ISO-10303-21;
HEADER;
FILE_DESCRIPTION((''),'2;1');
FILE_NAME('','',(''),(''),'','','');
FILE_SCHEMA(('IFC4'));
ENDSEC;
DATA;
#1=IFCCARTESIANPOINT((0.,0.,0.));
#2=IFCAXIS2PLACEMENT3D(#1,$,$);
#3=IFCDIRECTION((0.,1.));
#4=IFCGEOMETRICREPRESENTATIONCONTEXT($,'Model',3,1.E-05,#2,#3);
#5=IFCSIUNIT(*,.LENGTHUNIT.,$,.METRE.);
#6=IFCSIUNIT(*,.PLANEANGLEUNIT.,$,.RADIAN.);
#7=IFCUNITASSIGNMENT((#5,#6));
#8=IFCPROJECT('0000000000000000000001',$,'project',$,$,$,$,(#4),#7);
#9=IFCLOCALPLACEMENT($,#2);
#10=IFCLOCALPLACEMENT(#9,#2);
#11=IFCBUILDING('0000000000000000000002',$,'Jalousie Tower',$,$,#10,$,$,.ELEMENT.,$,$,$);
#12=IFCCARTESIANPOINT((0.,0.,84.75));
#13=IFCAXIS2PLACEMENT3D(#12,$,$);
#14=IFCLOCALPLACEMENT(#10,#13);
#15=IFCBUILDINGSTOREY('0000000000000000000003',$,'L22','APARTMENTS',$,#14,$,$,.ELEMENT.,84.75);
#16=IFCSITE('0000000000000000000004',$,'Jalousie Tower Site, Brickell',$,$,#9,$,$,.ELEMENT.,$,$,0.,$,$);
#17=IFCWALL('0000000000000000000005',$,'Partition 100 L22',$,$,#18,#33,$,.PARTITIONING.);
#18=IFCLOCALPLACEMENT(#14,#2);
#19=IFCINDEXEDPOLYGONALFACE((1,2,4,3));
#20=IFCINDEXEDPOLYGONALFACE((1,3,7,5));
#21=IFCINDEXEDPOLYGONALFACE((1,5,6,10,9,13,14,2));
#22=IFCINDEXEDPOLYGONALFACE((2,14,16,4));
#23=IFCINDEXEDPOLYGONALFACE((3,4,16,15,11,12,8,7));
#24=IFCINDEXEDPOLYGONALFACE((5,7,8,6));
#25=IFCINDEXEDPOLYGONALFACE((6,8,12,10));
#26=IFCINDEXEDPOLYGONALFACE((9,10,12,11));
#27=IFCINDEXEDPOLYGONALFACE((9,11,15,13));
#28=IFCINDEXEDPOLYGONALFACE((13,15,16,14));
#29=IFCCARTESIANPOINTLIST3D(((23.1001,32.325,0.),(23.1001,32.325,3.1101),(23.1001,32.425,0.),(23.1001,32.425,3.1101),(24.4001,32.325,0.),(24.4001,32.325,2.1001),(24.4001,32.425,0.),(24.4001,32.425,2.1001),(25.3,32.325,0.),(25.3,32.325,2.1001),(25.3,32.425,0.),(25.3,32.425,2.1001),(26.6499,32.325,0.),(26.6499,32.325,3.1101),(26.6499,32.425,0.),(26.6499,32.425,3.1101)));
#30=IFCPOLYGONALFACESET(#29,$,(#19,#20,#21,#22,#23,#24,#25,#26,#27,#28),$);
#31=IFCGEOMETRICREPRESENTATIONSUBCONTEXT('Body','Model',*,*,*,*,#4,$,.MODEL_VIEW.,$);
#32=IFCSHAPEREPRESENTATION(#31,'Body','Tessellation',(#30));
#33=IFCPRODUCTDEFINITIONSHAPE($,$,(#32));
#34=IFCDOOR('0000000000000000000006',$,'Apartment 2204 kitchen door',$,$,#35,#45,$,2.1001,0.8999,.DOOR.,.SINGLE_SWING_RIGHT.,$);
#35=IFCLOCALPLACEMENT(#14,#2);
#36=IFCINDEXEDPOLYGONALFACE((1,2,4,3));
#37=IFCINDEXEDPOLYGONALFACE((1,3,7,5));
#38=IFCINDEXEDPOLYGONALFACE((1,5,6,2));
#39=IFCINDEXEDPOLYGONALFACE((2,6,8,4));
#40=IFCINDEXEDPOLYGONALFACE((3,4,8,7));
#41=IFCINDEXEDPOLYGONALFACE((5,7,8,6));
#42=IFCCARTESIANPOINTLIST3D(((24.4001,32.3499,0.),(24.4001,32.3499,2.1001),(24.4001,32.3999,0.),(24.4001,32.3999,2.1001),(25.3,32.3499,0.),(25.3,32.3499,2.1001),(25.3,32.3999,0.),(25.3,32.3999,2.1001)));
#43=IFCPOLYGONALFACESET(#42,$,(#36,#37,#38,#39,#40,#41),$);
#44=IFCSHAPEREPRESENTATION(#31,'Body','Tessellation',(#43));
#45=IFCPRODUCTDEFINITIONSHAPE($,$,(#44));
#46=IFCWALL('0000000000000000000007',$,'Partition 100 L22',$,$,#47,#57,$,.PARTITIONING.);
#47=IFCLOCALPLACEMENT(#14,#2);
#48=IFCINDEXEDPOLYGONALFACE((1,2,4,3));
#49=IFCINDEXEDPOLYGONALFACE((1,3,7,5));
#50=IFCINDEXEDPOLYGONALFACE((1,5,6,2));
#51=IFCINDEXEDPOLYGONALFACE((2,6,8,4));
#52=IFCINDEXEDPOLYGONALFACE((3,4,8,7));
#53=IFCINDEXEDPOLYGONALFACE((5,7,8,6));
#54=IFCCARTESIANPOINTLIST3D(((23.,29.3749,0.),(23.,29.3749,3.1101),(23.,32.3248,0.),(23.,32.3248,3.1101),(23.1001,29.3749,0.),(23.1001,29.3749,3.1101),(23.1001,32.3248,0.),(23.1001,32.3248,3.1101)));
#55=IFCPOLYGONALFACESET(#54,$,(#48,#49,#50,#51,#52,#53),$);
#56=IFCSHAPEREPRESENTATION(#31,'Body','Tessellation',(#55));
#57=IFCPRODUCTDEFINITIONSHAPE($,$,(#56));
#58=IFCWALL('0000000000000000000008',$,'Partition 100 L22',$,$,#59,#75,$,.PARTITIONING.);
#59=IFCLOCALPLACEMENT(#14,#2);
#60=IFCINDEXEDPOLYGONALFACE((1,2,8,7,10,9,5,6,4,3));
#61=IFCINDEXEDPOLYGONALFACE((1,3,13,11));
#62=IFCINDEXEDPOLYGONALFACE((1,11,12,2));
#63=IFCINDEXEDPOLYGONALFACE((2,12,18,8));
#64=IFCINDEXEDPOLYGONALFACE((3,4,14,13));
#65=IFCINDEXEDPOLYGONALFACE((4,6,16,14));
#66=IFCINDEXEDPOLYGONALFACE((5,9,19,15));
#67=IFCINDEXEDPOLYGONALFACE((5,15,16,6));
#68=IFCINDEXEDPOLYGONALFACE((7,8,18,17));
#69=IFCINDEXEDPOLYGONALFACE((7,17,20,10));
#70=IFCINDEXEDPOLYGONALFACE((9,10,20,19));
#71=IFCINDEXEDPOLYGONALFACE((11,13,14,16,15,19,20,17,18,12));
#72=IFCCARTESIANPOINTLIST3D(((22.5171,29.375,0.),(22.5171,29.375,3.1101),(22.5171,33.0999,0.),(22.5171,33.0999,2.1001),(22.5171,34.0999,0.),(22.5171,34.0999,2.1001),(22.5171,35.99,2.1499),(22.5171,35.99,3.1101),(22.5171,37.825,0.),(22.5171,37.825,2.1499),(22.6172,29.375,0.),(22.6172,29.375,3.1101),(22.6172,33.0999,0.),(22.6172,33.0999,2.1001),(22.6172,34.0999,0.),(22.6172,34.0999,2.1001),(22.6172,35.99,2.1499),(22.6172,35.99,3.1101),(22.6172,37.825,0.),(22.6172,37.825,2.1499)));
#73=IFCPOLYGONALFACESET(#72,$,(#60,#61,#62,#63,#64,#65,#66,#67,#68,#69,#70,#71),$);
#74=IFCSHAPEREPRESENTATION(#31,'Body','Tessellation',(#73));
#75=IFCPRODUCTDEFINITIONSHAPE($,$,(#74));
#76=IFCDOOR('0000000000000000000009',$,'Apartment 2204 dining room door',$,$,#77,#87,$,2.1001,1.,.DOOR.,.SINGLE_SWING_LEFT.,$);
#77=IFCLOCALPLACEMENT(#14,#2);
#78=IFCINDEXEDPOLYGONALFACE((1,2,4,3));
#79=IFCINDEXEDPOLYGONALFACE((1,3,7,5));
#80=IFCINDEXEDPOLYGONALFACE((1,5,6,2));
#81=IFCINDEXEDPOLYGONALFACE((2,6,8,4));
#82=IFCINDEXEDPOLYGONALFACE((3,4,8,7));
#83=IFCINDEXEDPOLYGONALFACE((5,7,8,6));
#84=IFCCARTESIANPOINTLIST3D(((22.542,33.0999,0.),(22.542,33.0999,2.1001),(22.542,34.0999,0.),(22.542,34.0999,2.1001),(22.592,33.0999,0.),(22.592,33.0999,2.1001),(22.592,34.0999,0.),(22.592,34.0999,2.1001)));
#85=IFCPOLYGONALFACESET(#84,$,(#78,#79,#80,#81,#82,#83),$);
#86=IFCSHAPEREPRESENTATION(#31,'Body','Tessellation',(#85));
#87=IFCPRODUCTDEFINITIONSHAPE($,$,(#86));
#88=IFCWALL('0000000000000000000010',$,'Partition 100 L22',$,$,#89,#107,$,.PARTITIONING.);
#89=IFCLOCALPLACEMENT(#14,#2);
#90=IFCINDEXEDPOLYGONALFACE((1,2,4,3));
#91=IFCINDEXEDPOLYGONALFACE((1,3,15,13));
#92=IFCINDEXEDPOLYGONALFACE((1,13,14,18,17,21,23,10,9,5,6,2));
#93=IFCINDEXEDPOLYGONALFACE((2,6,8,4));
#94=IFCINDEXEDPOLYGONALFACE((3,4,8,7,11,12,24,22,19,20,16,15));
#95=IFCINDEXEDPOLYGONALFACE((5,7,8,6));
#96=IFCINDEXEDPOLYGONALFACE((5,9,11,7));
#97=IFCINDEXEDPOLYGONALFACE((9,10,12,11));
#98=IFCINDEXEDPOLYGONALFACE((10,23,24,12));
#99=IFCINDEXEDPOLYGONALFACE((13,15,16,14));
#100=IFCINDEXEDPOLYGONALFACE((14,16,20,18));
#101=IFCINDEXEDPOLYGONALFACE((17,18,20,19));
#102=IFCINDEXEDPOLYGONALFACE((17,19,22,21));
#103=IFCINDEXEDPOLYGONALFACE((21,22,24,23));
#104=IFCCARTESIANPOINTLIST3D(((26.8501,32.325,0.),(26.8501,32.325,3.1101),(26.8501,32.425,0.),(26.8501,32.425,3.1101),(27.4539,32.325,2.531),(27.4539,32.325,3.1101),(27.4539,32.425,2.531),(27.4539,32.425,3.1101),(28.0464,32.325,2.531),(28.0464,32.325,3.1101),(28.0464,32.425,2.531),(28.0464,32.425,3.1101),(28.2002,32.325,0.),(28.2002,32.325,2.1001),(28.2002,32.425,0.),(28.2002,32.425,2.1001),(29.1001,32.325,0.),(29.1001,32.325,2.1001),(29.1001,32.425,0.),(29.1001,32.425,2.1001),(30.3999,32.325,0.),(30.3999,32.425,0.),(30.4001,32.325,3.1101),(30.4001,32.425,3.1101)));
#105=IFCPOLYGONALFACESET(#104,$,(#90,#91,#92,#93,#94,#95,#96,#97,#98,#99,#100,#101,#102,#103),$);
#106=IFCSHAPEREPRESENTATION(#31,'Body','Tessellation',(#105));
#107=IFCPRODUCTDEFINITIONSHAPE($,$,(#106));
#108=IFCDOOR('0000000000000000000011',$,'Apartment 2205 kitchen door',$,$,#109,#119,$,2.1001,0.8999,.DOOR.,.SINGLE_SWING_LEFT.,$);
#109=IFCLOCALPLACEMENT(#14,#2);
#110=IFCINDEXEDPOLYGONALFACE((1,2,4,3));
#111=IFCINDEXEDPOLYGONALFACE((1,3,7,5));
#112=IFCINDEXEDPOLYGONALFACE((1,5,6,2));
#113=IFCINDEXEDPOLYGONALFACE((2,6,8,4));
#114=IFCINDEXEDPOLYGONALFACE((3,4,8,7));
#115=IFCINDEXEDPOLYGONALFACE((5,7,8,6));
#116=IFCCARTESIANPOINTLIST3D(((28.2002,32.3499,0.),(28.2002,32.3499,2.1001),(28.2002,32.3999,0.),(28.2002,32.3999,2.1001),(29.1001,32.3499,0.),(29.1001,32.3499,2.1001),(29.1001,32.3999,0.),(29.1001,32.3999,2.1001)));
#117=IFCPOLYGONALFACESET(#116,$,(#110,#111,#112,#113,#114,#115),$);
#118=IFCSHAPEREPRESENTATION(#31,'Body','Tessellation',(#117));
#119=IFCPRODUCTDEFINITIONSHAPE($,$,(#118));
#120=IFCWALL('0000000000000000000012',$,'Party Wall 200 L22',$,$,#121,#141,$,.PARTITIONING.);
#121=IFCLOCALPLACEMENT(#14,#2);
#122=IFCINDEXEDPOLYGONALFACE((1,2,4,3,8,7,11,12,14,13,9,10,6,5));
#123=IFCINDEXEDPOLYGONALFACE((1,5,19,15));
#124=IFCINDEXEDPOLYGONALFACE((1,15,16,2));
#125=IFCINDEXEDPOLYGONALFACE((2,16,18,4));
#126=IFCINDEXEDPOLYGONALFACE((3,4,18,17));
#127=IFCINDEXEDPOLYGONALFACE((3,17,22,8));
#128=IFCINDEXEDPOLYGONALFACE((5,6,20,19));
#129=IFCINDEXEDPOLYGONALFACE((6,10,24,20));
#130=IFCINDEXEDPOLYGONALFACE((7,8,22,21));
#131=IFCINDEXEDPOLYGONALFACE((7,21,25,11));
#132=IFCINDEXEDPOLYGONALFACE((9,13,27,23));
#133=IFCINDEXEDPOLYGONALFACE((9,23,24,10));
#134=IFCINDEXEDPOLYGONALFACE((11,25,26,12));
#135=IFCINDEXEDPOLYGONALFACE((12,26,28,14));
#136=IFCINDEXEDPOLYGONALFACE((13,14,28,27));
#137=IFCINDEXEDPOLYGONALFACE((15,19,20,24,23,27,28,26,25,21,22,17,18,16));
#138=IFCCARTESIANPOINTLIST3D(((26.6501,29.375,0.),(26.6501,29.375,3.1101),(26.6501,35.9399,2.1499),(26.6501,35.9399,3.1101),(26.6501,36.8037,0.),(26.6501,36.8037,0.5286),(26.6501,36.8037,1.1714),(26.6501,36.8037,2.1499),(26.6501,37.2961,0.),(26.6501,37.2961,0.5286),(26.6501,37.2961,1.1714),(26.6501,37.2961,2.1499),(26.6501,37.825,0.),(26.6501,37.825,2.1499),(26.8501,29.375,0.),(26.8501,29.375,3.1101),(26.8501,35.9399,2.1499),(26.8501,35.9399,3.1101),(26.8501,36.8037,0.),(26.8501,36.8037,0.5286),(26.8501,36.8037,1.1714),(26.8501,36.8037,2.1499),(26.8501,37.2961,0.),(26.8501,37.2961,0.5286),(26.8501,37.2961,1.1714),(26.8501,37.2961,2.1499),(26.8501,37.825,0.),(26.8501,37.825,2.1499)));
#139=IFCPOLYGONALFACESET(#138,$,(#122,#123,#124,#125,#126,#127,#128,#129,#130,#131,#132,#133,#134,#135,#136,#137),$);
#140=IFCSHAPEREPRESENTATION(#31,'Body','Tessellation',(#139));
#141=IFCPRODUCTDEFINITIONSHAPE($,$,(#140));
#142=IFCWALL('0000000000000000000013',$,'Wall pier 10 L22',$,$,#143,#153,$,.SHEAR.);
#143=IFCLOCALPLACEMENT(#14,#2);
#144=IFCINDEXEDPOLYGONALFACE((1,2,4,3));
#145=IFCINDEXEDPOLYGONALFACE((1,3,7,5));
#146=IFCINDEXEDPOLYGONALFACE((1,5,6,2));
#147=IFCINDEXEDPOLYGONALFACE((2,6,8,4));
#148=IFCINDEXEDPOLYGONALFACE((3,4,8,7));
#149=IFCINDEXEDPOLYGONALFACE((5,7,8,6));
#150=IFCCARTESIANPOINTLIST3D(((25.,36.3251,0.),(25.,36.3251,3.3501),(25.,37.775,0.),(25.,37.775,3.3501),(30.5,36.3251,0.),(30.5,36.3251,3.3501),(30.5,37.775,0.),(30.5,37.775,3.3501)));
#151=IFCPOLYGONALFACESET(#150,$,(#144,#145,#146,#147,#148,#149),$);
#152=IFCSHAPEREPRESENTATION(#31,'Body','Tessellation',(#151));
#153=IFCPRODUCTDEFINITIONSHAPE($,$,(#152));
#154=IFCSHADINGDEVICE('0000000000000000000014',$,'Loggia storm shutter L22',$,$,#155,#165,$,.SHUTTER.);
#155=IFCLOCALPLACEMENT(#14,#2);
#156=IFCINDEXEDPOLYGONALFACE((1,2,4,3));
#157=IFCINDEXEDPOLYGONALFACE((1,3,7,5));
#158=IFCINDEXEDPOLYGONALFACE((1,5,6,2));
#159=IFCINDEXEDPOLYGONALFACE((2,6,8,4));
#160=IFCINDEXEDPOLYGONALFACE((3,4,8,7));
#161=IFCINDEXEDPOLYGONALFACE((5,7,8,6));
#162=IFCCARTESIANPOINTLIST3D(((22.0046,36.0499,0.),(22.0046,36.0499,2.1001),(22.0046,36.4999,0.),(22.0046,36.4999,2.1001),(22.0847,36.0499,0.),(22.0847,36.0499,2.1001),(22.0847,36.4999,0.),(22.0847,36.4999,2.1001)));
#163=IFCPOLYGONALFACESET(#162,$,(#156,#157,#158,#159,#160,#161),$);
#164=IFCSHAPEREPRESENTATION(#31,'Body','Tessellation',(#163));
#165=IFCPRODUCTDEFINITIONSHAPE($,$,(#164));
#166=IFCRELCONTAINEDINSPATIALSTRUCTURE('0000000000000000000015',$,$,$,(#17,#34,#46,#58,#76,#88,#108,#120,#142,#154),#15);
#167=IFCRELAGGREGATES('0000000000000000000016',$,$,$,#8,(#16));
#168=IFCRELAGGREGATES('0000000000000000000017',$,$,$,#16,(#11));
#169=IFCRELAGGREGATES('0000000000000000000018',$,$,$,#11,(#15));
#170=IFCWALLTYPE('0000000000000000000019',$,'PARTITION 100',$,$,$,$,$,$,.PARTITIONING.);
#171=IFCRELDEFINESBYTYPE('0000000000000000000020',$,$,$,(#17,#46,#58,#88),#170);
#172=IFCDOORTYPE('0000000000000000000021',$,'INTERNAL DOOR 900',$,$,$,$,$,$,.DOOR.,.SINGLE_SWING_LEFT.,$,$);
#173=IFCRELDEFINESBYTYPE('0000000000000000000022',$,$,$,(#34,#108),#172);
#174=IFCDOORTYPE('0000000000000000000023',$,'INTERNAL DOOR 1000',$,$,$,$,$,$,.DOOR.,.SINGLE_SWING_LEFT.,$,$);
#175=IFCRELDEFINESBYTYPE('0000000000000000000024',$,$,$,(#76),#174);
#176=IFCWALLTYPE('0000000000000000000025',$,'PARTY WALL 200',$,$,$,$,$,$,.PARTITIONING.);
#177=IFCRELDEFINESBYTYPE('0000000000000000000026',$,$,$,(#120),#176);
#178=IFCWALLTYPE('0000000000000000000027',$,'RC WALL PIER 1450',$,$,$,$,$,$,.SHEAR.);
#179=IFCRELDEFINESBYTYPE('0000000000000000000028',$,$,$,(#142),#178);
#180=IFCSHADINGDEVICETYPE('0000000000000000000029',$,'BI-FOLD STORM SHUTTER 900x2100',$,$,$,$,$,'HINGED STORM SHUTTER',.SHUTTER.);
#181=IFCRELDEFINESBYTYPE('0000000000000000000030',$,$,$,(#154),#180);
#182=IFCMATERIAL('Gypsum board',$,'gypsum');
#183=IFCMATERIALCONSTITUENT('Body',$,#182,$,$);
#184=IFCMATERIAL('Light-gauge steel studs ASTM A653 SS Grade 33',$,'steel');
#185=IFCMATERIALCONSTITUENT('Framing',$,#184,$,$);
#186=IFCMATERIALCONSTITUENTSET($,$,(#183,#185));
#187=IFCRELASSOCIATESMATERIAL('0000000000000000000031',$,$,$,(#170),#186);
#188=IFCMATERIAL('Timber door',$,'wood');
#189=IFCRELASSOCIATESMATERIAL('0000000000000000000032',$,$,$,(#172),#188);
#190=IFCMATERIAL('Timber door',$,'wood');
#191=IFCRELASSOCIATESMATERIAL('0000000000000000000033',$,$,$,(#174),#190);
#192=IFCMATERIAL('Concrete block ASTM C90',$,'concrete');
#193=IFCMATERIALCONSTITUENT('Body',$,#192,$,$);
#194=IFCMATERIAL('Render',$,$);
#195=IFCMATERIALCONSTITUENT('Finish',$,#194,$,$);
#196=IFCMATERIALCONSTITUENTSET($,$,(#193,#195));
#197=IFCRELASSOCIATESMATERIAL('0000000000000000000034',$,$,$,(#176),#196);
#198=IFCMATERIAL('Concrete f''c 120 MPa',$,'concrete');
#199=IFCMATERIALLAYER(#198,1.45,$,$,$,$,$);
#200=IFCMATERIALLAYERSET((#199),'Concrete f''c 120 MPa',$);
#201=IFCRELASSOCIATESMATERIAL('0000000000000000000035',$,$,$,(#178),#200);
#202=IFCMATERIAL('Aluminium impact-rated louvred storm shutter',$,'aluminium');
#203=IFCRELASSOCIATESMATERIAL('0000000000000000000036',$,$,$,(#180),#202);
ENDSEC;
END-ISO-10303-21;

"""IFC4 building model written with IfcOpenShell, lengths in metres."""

from ifc_helpers import new_model, si_unit, direction, frame, frame_2d, origin, origin_2d, place, context, subcontext, project, spatial, polyline, rectangle, outline, extrude, material, layer, layer_set, constituent, constituent_set, type_object, element, fill, save


model = new_model("IFC4")

# Units and contexts
model_context = context("Model", 3, precision=1e-05, world=origin(), true_north=direction((0.0, 1.0)))
body_context = subcontext(model_context, "Body", "Model", "MODEL_VIEW")
ifc_project = project(units=[si_unit("LENGTHUNIT", "METRE"), si_unit("PLANEANGLEUNIT", "RADIAN")], contexts=[model_context])

# Site, building, storey
site_placement = place(None, origin())
site = spatial("IfcSite", under=ifc_project, at=site_placement, Name="Jalousie Tower Site, Brickell", CompositionType="ELEMENT", RefElevation=0.0)
building_placement = place(site_placement, origin())
building = spatial("IfcBuilding", under=site, at=building_placement, Name="Jalousie Tower", CompositionType="ELEMENT")
storey_placement = place(building_placement, frame((0.0, 0.0, 84.75)))
storey = spatial("IfcBuildingStorey", under=building, at=storey_placement, Name="L22", Description="APARTMENTS", CompositionType="ELEMENT", Elevation=84.75)

# Wall, opening, door
ifc_material_1 = material(Name="Gypsum board", Category="gypsum")
ifc_constituent_1 = constituent(ifc_material_1, Name="Body")
ifc_material_2 = material(Name="Light-gauge steel studs ASTM A653 SS Grade 33", Category="steel")
ifc_constituent_2 = constituent(ifc_material_2, Name="Framing")
ifc_constituent_set_1 = constituent_set(constituents=[ifc_constituent_1, ifc_constituent_2])
wall_type_1 = type_object("IfcWallType", Name="PARTITION 100", PredefinedType="PARTITIONING", material=ifc_constituent_set_1)
wall_1_placement = place(storey_placement, frame((23.1001, 32.375, 0.0), z_axis=(0.0, 0.0, 1.0), x_axis=(1.0, 0.0, 0.0)))
wall_1 = element("IfcWall", 1, at=wall_1_placement, inside=storey, type_object=wall_type_1, Name="Partition 100 L22", PredefinedType="PARTITIONING", context=body_context, shape_type="SweptSolid", body=[
    extrude(rectangle(XDim=3.5498, YDim=0.1001, at=frame_2d((1.7749, 0.0))), origin(), (0.0, 0.0, 1.0), 3.1101),
])
opening_1_placement = place(wall_1_placement, frame((1.3, 0.0, 0.0)))
opening_1 = element("IfcOpeningElement", 2, at=opening_1_placement, cuts=wall_1, PredefinedType="OPENING", context=body_context, shape_type="SweptSolid", body=[
    extrude(rectangle(XDim=0.8999, YDim=2.1001, at=frame_2d((0.45, 1.05))), frame((0.0, 0.0601, 0.0), z_axis=(0.0, -1.0, 0.0), x_axis=(1.0, 0.0, 0.0)), (0.0, 0.0, 1.0), 0.1201),
])
ifc_material_3 = material(Name="Timber door", Category="wood")
door_type_1 = type_object("IfcDoorType", Name="INTERNAL DOOR 900", OperationType="SINGLE_SWING_LEFT", PredefinedType="DOOR", material=ifc_material_3)
door_1_placement = place(opening_1_placement, origin())
door_1 = element("IfcDoor", 3, at=door_1_placement, inside=storey, type_object=door_type_1, Name="Apartment 2204 kitchen door", OperationType="SINGLE_SWING_RIGHT", OverallHeight=2.1001, OverallWidth=0.8999, PredefinedType="DOOR", context=body_context, shape_type="SweptSolid", body=[
    extrude(rectangle(XDim=0.8999, YDim=2.1001, at=frame_2d((0.45, 1.05))), frame((0.0, 0.0249, 0.0), z_axis=(0.0, -1.0, 0.0), x_axis=(1.0, 0.0, 0.0)), (0.0, 0.0, 1.0), 0.05),
])
fill(opening_1, door_1)

# Wall
wall_2_placement = place(storey_placement, frame((23.05, 32.325, 0.0), z_axis=(0.0, 0.0, 1.0), x_axis=(0.0, -1.0, 0.0)))
element("IfcWall", 4, at=wall_2_placement, inside=storey, type_object=wall_type_1, Name="Partition 100 L22", PredefinedType="PARTITIONING", context=body_context, shape_type="SweptSolid", body=[
    extrude(rectangle(XDim=2.95, YDim=0.1001, at=frame_2d((1.4751, 0.0))), origin(), (0.0, 0.0, 1.0), 3.1101),
])

# Walls, openings, doors
wall_3_placement = place(storey_placement, frame((22.5671, 37.825, 0.0), z_axis=(0.0, 0.0, 1.0), x_axis=(0.0, -1.0, 0.0)))
wall_3 = element("IfcWall", 5, at=wall_3_placement, inside=storey, type_object=wall_type_1, Name="Partition 100 L22", PredefinedType="PARTITIONING", context=body_context, shape_type="SweptSolid", body=[
    extrude(outline(polyline([(0.0, 0.0), (8.45, 0.0), (8.45, 3.1101), (1.835, 3.1101), (1.835, 2.1499), (0.0, 2.1499), (0.0, 3.1101), (0.0, 0.0)])), frame((0.0, 0.05, 0.0), z_axis=(0.0, -1.0, 0.0), x_axis=(1.0, 0.0, 0.0)), (0.0, 0.0, 1.0), 0.1001),
])
opening_2_placement = place(wall_3_placement, frame((3.7251, 0.0, 0.0)))
opening_2 = element("IfcOpeningElement", 6, at=opening_2_placement, cuts=wall_3, PredefinedType="OPENING", context=body_context, shape_type="SweptSolid", body=[
    extrude(rectangle(XDim=1.0, YDim=2.1001, at=frame_2d((0.5, 1.05))), frame((0.0, 0.0601, 0.0), z_axis=(0.0, -1.0, 0.0), x_axis=(1.0, 0.0, 0.0)), (0.0, 0.0, 1.0), 0.1201),
])
ifc_material_4 = material(Name="Timber door", Category="wood")
door_type_2 = type_object("IfcDoorType", Name="INTERNAL DOOR 1000", OperationType="SINGLE_SWING_LEFT", PredefinedType="DOOR", material=ifc_material_4)
door_2_placement = place(opening_2_placement, origin())
door_2 = element("IfcDoor", 7, at=door_2_placement, inside=storey, type_object=door_type_2, Name="Apartment 2204 dining room door", OperationType="SINGLE_SWING_LEFT", OverallHeight=2.1001, OverallWidth=1.0, PredefinedType="DOOR", context=body_context, shape_type="SweptSolid", body=[
    extrude(rectangle(XDim=1.0, YDim=2.1001, at=frame_2d((0.5, 1.05))), frame((0.0, 0.0249, 0.0), z_axis=(0.0, -1.0, 0.0), x_axis=(1.0, 0.0, 0.0)), (0.0, 0.0, 1.0), 0.05),
])
fill(opening_2, door_2)
wall_4_placement = place(storey_placement, frame((26.8501, 32.375, 0.0), z_axis=(0.0, 0.0, 1.0), x_axis=(1.0, 0.0, 0.0)))
wall_4 = element("IfcWall", 8, at=wall_4_placement, inside=storey, type_object=wall_type_1, Name="Partition 100 L22", PredefinedType="PARTITIONING", context=body_context, shape_type="SweptSolid", body=[
    extrude(outline(polyline([(0.0, 0.0), (3.5498, 0.0), (3.55, 3.1101), (1.1963, 3.1101), (1.1963, 2.531), (0.6038, 2.531), (0.6038, 3.1101), (0.0, 3.1101), (0.0, 0.0)])), frame((0.0, 0.05, 0.0), z_axis=(0.0, -1.0, 0.0), x_axis=(1.0, 0.0, 0.0)), (0.0, 0.0, 1.0), 0.1001),
])
opening_3_placement = place(wall_4_placement, frame((1.3501, 0.0, 0.0)))
opening_3 = element("IfcOpeningElement", 9, at=opening_3_placement, cuts=wall_4, PredefinedType="OPENING", context=body_context, shape_type="SweptSolid", body=[
    extrude(rectangle(XDim=0.8999, YDim=2.1001, at=frame_2d((0.45, 1.05))), frame((0.0, 0.0601, 0.0), z_axis=(0.0, -1.0, 0.0), x_axis=(1.0, 0.0, 0.0)), (0.0, 0.0, 1.0), 0.1201),
])
door_3_placement = place(opening_3_placement, origin())
door_3 = element("IfcDoor", 10, at=door_3_placement, inside=storey, type_object=door_type_1, Name="Apartment 2205 kitchen door", OperationType="SINGLE_SWING_LEFT", OverallHeight=2.1001, OverallWidth=0.8999, PredefinedType="DOOR", context=body_context, shape_type="SweptSolid", body=[
    extrude(rectangle(XDim=0.8999, YDim=2.1001, at=frame_2d((0.45, 1.05))), frame((0.0, 0.0249, 0.0), z_axis=(0.0, -1.0, 0.0), x_axis=(1.0, 0.0, 0.0)), (0.0, 0.0, 1.0), 0.05),
])
fill(opening_3, door_3)

# Walls
ifc_material_5 = material(Name="Concrete block ASTM C90", Category="concrete")
ifc_constituent_3 = constituent(ifc_material_5, Name="Body")
ifc_material_6 = material(Name="Render")
ifc_constituent_4 = constituent(ifc_material_6, Name="Finish")
ifc_constituent_set_2 = constituent_set(constituents=[ifc_constituent_3, ifc_constituent_4])
wall_type_2 = type_object("IfcWallType", Name="PARTY WALL 200", PredefinedType="PARTITIONING", material=ifc_constituent_set_2)
wall_5_placement = place(storey_placement, frame((26.75, 37.825, 0.0), z_axis=(0.0, 0.0, 1.0), x_axis=(0.0, -1.0, 0.0)))
element("IfcWall", 11, at=wall_5_placement, inside=storey, type_object=wall_type_2, Name="Party Wall 200 L22", PredefinedType="PARTITIONING", context=body_context, shape_type="SweptSolid", body=[
    extrude(outline(polyline([(0.5288, 2.1499), (0.0, 2.1499), (0.0, 0.0), (0.5288, 0.0), (0.5288, 0.5286), (1.0212, 0.5286), (1.0212, 0.0), (8.45, 0.0), (8.45, 3.1101), (1.885, 3.1101), (1.885, 2.1499), (1.0212, 2.1499), (1.0212, 1.1714), (0.5288, 1.1714), (0.5288, 2.1499)])), frame((0.0, 0.1001, 0.0), z_axis=(0.0, -1.0, 0.0), x_axis=(1.0, 0.0, 0.0)), (0.0, 0.0, 1.0), 0.2),
])
ifc_material_7 = material(Name="Concrete f'c 120 MPa", Category="concrete")
ifc_layer_1 = layer(ifc_material_7, 1.45)
ifc_layer_set_1 = layer_set([ifc_layer_1], Name="Concrete f'c 120 MPa")
wall_type_3 = type_object("IfcWallType", Name="RC WALL PIER 1450", PredefinedType="SHEAR", material=ifc_layer_set_1)
wall_6_placement = place(storey_placement, frame((25.0, 37.05, 0.0), z_axis=(0.0, 0.0, 1.0), x_axis=(1.0, 0.0, 0.0)))
element("IfcWall", 12, at=wall_6_placement, inside=storey, type_object=wall_type_3, Name="Wall pier 10 L22", PredefinedType="SHEAR", context=body_context, shape_type="SweptSolid", body=[
    extrude(rectangle(XDim=5.5, YDim=1.45, at=frame_2d((2.75, 0.0))), origin(), (0.0, 0.0, 1.0), 3.3501),
])

# Shading device
ifc_material_8 = material(Name="Aluminium impact-rated louvred storm shutter", Category="aluminium")
shading_device_type_1 = type_object("IfcShadingDeviceType", Name="BI-FOLD STORM SHUTTER 900x2100", ElementType="HINGED STORM SHUTTER", PredefinedType="SHUTTER", material=ifc_material_8)
for number, where, z_axis, x_axis, name in (
    (13, (22.0447, 36.2749, 0.0), (0.0, 0.0, 1.0), (0.0, -1.0, 0.0), "Loggia storm shutter L22"),
):
    element("IfcShadingDevice", number, at=place(storey_placement, frame(where, z_axis=z_axis, x_axis=x_axis)), inside=storey, type_object=shading_device_type_1, Name=name, PredefinedType="SHUTTER", context=body_context, shape_type="SweptSolid", body=[
        extrude(rectangle(XDim=0.45, YDim=0.0801, at=origin_2d()), origin(), (0.0, 0.0, 1.0), 2.1001),
    ])

save(model, "model.ifc")
